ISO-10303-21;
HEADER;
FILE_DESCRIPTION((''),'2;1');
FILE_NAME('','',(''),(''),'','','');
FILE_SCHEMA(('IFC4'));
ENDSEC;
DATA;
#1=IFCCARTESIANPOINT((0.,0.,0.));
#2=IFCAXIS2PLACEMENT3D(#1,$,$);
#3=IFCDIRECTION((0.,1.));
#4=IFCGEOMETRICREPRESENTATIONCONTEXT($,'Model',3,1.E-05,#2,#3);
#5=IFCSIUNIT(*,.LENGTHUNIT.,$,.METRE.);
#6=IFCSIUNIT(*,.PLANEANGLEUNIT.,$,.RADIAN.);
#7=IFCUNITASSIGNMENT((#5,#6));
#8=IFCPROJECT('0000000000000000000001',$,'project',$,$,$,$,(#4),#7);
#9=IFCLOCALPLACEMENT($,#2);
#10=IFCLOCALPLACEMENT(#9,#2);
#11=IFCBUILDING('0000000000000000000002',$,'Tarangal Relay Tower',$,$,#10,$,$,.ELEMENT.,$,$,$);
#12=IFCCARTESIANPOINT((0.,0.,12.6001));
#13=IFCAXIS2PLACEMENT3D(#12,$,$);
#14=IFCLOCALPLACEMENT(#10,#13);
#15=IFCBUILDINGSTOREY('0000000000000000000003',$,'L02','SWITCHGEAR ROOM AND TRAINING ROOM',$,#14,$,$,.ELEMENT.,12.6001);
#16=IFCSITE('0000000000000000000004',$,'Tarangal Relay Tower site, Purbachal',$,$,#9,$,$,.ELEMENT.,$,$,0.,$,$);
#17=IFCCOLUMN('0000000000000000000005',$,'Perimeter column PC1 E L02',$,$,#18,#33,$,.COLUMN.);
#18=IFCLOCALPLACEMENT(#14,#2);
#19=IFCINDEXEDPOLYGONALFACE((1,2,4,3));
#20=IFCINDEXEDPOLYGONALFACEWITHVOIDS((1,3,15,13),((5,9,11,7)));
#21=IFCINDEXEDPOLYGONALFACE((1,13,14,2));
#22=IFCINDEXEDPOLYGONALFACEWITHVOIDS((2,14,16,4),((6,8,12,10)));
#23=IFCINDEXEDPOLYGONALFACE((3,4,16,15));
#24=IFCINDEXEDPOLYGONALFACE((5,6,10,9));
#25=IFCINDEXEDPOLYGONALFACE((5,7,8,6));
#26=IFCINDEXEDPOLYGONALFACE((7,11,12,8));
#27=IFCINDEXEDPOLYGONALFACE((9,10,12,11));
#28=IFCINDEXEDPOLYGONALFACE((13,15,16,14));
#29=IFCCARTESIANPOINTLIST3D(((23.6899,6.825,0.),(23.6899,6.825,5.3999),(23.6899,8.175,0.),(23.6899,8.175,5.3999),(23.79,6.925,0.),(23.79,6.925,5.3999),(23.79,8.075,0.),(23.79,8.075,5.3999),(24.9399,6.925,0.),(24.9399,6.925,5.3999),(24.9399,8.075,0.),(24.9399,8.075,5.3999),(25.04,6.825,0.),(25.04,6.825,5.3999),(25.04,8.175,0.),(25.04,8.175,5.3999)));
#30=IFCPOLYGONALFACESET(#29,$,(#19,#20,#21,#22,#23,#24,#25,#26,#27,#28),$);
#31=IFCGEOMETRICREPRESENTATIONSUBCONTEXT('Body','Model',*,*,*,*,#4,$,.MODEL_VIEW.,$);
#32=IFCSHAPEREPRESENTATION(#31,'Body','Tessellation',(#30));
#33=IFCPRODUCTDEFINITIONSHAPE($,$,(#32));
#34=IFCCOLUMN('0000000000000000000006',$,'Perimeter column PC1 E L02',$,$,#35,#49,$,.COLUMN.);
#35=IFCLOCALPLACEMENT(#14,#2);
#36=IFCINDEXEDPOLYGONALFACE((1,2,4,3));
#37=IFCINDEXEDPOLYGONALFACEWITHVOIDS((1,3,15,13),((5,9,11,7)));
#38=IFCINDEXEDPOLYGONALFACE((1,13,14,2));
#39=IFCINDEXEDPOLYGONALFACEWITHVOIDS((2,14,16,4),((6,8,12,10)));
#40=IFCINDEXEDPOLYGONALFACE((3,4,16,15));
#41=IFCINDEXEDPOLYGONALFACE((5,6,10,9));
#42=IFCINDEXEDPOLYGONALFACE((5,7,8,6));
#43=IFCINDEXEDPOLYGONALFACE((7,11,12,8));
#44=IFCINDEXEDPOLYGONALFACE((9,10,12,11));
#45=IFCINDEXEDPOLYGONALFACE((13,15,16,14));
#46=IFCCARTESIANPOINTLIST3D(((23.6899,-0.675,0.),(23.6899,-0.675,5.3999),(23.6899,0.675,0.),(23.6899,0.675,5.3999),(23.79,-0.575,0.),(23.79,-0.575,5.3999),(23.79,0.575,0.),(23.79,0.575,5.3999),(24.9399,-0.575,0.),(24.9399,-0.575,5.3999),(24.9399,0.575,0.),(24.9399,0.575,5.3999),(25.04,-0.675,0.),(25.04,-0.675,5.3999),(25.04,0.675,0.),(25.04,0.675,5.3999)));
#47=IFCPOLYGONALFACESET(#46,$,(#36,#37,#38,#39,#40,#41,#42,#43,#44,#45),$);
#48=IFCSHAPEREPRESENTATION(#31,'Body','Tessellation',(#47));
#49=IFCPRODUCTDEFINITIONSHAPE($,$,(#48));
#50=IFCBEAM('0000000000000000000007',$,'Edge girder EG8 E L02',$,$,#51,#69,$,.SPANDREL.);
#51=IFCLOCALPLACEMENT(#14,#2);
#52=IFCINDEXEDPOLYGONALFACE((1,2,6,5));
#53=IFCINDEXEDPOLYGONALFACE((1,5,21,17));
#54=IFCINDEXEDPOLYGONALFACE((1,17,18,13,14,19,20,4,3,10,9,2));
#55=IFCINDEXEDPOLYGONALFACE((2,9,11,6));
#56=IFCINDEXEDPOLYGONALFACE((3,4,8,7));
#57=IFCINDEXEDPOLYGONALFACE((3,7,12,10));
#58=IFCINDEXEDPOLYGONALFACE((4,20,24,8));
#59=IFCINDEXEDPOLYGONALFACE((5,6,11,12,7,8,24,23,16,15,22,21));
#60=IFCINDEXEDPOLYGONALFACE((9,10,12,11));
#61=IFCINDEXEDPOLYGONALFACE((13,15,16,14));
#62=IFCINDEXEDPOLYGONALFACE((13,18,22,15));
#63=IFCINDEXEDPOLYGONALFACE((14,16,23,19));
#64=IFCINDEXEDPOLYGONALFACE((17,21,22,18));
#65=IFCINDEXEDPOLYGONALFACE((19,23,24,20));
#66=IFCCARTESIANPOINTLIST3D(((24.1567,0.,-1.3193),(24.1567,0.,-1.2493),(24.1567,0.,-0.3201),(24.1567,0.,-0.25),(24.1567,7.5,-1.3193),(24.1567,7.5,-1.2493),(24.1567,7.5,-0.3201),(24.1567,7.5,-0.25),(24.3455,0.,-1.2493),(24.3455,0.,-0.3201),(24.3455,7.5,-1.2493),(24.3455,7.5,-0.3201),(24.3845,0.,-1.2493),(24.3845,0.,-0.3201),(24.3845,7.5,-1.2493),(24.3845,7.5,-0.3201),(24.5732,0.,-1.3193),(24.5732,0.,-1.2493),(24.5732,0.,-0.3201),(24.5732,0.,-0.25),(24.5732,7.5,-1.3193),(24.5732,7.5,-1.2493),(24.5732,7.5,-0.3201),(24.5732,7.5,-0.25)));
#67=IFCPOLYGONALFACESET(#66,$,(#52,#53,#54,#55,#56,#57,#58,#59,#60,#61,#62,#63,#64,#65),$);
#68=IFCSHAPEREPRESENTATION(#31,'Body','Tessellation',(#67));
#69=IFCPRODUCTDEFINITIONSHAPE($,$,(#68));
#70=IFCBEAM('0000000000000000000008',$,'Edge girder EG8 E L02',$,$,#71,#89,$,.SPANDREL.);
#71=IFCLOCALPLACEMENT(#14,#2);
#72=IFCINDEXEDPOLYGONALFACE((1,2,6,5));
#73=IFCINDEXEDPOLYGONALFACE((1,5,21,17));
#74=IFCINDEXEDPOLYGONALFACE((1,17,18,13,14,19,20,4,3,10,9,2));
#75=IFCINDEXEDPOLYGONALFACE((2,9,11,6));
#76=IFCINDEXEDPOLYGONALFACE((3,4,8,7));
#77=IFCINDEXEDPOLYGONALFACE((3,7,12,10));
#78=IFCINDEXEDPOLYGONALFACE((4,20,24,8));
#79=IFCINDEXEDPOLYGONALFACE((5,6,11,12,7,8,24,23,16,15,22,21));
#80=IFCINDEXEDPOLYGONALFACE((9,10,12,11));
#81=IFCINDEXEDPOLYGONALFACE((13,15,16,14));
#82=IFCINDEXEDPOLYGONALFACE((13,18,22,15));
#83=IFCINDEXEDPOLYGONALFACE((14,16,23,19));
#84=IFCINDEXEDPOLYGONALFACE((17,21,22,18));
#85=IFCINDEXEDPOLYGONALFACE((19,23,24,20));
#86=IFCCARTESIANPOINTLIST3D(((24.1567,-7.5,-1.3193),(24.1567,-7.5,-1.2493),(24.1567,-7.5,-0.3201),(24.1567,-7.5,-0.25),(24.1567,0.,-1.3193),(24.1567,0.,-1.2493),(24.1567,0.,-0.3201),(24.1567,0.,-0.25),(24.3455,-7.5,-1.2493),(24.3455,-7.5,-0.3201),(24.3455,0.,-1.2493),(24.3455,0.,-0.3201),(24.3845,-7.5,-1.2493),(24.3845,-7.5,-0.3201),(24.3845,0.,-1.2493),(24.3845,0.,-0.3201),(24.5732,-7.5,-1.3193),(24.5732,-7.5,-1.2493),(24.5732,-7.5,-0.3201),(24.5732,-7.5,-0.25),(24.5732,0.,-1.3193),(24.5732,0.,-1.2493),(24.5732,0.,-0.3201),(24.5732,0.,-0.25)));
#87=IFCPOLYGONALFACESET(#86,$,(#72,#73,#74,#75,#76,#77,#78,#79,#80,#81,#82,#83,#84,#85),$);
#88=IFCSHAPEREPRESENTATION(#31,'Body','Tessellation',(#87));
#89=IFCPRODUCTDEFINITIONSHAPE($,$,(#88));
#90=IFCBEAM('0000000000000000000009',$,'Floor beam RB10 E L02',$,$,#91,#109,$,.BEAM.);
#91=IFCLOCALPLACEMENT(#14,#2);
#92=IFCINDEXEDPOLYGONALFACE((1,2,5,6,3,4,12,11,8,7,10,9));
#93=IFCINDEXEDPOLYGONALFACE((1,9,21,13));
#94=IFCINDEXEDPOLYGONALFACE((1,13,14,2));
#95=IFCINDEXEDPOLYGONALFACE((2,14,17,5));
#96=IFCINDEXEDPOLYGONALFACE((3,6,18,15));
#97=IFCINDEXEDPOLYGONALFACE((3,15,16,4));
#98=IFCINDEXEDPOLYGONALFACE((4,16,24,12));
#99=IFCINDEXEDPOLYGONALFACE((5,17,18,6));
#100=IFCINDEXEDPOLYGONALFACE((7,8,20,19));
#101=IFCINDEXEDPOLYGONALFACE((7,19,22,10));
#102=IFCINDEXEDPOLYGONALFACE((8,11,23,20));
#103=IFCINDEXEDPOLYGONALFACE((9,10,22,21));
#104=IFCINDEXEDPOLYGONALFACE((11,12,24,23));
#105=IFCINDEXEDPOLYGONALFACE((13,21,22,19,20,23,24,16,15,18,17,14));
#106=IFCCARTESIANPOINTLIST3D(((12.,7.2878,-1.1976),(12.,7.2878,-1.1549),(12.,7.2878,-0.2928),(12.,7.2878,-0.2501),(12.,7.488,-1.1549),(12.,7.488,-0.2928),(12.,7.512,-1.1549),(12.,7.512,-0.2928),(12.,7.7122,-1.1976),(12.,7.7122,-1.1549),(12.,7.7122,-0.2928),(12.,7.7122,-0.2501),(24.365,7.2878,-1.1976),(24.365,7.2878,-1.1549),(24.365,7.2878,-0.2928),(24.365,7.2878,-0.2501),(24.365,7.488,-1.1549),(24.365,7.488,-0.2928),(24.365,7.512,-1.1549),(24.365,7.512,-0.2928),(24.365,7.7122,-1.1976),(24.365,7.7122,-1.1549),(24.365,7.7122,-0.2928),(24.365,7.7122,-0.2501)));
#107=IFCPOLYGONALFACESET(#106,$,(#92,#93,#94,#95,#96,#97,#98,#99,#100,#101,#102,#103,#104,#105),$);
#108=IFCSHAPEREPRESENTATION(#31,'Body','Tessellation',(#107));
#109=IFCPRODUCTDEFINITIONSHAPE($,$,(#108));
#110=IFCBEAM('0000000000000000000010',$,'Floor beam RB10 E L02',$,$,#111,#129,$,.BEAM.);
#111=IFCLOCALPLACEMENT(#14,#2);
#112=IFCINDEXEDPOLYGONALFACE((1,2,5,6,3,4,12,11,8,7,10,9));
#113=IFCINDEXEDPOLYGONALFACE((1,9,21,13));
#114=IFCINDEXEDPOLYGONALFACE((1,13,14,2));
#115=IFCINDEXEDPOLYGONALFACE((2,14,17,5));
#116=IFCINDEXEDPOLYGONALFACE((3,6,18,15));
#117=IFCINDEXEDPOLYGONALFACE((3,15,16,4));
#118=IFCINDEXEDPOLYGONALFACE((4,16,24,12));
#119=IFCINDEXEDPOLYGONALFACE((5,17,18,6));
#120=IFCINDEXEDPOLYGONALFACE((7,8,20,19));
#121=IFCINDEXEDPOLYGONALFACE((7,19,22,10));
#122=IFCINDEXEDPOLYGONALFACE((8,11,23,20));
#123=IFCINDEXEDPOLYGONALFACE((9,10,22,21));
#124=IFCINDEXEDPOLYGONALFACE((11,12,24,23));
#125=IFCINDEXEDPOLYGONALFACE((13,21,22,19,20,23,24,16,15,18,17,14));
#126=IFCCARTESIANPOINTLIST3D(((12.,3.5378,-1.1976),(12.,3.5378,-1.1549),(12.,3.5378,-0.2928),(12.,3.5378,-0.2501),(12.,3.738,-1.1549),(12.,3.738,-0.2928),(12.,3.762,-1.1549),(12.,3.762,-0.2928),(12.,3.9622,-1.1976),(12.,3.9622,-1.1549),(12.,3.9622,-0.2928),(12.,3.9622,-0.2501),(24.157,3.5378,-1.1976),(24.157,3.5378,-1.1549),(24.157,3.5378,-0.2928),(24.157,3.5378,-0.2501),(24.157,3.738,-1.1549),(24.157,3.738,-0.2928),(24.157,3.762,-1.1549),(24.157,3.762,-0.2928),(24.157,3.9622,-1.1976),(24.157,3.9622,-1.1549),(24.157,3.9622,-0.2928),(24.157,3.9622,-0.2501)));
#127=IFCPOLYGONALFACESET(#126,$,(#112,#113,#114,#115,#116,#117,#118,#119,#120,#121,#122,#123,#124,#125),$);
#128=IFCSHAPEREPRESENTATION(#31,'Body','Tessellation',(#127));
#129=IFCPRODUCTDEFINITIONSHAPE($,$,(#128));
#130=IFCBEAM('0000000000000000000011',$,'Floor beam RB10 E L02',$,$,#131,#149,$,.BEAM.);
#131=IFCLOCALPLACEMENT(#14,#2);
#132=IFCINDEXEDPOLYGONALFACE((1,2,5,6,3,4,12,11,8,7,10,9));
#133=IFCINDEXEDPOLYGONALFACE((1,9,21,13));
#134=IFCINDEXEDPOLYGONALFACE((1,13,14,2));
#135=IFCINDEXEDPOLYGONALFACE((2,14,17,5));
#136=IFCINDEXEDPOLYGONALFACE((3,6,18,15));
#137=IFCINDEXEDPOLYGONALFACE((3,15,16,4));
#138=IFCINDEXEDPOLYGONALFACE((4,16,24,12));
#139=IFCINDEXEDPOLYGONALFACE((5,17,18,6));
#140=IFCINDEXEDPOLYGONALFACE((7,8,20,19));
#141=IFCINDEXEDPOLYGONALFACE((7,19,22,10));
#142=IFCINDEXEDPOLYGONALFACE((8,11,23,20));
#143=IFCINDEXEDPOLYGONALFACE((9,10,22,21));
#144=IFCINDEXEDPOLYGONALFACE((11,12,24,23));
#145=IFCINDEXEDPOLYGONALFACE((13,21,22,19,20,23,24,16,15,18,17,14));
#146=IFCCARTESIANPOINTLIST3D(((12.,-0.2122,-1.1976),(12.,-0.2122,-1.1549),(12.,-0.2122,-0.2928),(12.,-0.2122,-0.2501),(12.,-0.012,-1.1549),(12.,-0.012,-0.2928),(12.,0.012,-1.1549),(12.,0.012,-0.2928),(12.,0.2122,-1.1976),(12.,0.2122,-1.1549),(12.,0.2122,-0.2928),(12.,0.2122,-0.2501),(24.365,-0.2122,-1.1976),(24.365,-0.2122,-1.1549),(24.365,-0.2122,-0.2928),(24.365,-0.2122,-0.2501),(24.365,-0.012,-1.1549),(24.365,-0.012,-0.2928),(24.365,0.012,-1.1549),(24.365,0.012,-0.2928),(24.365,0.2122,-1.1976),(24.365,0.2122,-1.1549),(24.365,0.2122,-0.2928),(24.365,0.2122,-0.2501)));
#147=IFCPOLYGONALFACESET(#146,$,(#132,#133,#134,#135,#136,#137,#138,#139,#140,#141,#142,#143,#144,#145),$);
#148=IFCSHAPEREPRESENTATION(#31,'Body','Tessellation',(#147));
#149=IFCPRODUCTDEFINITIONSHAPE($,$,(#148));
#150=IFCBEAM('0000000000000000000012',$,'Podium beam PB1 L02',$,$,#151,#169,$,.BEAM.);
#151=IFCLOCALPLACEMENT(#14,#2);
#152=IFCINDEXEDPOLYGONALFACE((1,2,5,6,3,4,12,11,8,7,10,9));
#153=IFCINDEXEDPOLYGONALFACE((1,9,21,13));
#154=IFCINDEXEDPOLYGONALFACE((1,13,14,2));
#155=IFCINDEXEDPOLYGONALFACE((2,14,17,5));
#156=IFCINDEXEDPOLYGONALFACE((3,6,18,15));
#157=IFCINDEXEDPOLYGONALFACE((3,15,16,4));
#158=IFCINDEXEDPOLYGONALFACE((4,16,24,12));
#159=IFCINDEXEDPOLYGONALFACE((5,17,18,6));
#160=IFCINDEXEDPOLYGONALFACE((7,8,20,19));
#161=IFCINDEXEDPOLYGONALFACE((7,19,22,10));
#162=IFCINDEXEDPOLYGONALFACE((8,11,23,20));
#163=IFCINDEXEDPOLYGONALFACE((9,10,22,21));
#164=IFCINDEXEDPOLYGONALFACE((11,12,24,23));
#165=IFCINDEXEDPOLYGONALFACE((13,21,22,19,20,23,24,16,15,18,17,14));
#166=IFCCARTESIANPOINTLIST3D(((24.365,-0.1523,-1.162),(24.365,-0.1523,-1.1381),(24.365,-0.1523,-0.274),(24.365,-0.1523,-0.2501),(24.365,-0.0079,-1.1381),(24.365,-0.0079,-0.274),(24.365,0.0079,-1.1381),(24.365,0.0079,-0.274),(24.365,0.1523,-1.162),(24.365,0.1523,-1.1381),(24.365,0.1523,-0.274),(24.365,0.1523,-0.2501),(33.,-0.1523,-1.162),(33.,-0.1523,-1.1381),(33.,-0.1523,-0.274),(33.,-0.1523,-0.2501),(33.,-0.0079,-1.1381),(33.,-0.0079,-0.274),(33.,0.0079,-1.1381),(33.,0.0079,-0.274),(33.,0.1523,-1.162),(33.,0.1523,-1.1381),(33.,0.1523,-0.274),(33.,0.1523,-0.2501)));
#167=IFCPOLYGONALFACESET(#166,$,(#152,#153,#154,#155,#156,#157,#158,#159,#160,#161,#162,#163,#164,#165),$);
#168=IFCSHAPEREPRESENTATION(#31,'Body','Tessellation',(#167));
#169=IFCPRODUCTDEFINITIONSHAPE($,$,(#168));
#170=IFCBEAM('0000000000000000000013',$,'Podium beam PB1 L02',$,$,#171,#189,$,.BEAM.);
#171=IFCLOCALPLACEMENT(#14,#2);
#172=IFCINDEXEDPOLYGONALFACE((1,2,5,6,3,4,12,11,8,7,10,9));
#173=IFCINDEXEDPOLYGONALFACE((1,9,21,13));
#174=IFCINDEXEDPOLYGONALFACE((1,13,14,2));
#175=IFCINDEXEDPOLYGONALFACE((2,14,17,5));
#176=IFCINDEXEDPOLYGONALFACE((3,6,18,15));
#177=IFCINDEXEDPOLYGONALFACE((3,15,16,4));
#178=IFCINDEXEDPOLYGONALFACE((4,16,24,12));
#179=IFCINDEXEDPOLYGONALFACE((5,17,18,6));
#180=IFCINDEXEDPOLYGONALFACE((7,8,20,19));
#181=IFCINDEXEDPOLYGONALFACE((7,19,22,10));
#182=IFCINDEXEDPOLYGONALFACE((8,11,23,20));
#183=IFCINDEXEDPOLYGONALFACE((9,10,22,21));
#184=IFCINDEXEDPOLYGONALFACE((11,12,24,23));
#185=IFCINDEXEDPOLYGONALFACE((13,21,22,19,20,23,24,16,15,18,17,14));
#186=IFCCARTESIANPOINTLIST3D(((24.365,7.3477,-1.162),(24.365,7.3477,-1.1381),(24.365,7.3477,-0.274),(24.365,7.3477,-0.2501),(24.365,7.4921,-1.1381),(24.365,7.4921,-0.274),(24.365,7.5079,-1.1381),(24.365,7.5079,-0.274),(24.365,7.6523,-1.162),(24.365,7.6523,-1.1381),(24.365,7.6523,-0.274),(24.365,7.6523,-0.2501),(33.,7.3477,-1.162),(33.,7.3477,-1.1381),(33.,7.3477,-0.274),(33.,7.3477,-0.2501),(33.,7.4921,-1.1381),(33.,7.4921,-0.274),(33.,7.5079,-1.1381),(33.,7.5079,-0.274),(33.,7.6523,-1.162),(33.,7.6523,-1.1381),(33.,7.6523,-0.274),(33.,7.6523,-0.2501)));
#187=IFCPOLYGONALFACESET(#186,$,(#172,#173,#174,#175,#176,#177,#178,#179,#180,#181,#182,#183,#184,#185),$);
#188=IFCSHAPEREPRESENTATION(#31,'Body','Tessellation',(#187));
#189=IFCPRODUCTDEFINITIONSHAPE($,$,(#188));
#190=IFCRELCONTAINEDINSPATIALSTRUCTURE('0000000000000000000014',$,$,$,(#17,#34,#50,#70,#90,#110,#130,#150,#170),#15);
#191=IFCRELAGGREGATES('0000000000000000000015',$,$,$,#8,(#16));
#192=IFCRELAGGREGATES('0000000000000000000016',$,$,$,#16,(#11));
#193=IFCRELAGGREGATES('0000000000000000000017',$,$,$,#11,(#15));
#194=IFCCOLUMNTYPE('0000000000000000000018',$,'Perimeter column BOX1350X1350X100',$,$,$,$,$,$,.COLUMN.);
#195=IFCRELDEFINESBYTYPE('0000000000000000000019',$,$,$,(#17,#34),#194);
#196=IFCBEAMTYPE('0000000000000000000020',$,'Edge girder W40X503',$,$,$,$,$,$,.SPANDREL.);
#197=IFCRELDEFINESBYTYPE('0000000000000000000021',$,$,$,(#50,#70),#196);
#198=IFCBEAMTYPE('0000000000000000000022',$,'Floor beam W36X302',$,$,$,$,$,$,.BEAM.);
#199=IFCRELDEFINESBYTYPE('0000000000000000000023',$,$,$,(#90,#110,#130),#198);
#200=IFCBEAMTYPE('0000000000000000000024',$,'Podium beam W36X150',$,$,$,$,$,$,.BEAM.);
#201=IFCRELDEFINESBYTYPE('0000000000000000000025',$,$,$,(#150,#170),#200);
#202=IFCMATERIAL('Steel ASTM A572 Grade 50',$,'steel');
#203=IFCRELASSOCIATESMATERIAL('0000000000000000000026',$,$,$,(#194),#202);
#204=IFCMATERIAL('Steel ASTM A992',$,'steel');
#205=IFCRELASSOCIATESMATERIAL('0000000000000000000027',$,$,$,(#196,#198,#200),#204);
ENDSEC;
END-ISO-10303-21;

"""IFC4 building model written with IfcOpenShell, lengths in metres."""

from ifc_helpers import new_model, si_unit, direction, frame, origin, origin_2d, place, context, subcontext, project, spatial, hollow_rectangle, i_section, extrude, material, material_profile, profile_set, type_object, element, save


model = new_model("IFC4")

# Units and contexts
model_context = context("Model", 3, precision=1e-05, world=origin(), true_north=direction((0.0, 1.0)))
body_context = subcontext(model_context, "Body", "Model", "MODEL_VIEW")
ifc_project = project(units=[si_unit("LENGTHUNIT", "METRE"), si_unit("PLANEANGLEUNIT", "RADIAN")], contexts=[model_context])

# Site, building, storey
site_placement = place(None, origin())
site = spatial("IfcSite", under=ifc_project, at=site_placement, Name="Tarangal Relay Tower site, Purbachal", CompositionType="ELEMENT", RefElevation=0.0)
building_placement = place(site_placement, origin())
building = spatial("IfcBuilding", under=site, at=building_placement, Name="Tarangal Relay Tower", CompositionType="ELEMENT")
storey_placement = place(building_placement, frame((0.0, 0.0, 12.6001)))
storey = spatial("IfcBuildingStorey", under=building, at=storey_placement, Name="L02", Description="SWITCHGEAR ROOM AND TRAINING ROOM", CompositionType="ELEMENT", Elevation=12.6001)

# Columns
ifc_material_1 = material(Name="Steel ASTM A572 Grade 50", Category="steel")
ifc_material_profile_1 = material_profile(ifc_material_1, hollow_rectangle(XDim=1.3501, YDim=1.3501, WallThickness=0.1001, at=origin_2d()), Name="BOX1350X1350X100")
ifc_profile_set_1 = profile_set([ifc_material_profile_1], Name="Steel ASTM A572 Grade 50")
column_type = type_object("IfcColumnType", Name="Perimeter column BOX1350X1350X100", PredefinedType="COLUMN", material=ifc_profile_set_1)
for number, where, z_axis, x_axis, name in (
    (1, (24.365, 7.5, 0.0), (0.0, 0.0, 1.0), (1.0, 0.0, 0.0), "Perimeter column PC1 E L02"),
    (2, (24.365, 0.0, 0.0), (0.0, 0.0, 1.0), (1.0, 0.0, 0.0), "Perimeter column PC1 E L02"),
):
    element("IfcColumn", number, at=place(storey_placement, frame(where, z_axis=z_axis, x_axis=x_axis)), inside=storey, type_object=column_type, Name=name, PredefinedType="COLUMN", context=body_context, shape_type="SweptSolid", body=[
        extrude(hollow_rectangle(XDim=1.3501, YDim=1.3501, WallThickness=0.1001, at=origin_2d()), origin(), (0.0, 0.0, 1.0), 5.3999),
    ])

# Beams
ifc_material_2 = material(Name="Steel ASTM A992", Category="steel")
ifc_material_profile_2 = material_profile(ifc_material_2, i_section(OverallWidth=0.4165, OverallDepth=1.0693, WebThickness=0.0391, FlangeThickness=0.0701, at=origin_2d()), Name="W40X503")
ifc_profile_set_2 = profile_set([ifc_material_profile_2], Name="Steel ASTM A992")
beam_type_1 = type_object("IfcBeamType", Name="Edge girder W40X503", PredefinedType="SPANDREL", material=ifc_profile_set_2)
for number, where, z_axis, x_axis, name in (
    (3, (24.365, 7.5, -0.7847), (0.0, -1.0, 0.0), (1.0, 0.0, 0.0), "Edge girder EG8 E L02"),
    (4, (24.365, 0.0, -0.7847), (0.0, -1.0, 0.0), (1.0, 0.0, 0.0), "Edge girder EG8 E L02"),
):
    element("IfcBeam", number, at=place(storey_placement, frame(where, z_axis=z_axis, x_axis=x_axis)), inside=storey, type_object=beam_type_1, Name=name, PredefinedType="SPANDREL", context=body_context, shape_type="SweptSolid", body=[
        extrude(i_section(OverallWidth=0.4165, OverallDepth=1.0693, WebThickness=0.0391, FlangeThickness=0.0701, at=origin_2d()), origin(), (0.0, 0.0, 1.0), 7.5),
    ])
ifc_material_profile_3 = material_profile(ifc_material_2, i_section(OverallWidth=0.4243, OverallDepth=0.9475, WebThickness=0.0239, FlangeThickness=0.0427, at=origin_2d()), Name="W36X302")
ifc_profile_set_3 = profile_set([ifc_material_profile_3], Name="Steel ASTM A992")
beam_type_2 = type_object("IfcBeamType", Name="Floor beam W36X302", PredefinedType="BEAM", material=ifc_profile_set_3)
beam_1_placement = place(storey_placement, frame((12.0, 7.5, -0.7239), z_axis=(1.0, 0.0, 0.0), x_axis=(0.0, 1.0, 0.0)))
element("IfcBeam", 5, at=beam_1_placement, inside=storey, type_object=beam_type_2, Name="Floor beam RB10 E L02", PredefinedType="BEAM", context=body_context, shape_type="SweptSolid", body=[
    extrude(i_section(OverallWidth=0.4243, OverallDepth=0.9475, WebThickness=0.0239, FlangeThickness=0.0427, at=origin_2d()), origin(), (0.0, 0.0, 1.0), 12.365),
])
beam_2_placement = place(storey_placement, frame((12.0, 3.75, -0.7239), z_axis=(1.0, 0.0, 0.0), x_axis=(0.0, 1.0, 0.0)))
element("IfcBeam", 6, at=beam_2_placement, inside=storey, type_object=beam_type_2, Name="Floor beam RB10 E L02", PredefinedType="BEAM", context=body_context, shape_type="SweptSolid", body=[
    extrude(i_section(OverallWidth=0.4243, OverallDepth=0.9475, WebThickness=0.0239, FlangeThickness=0.0427, at=origin_2d()), origin(), (0.0, 0.0, 1.0), 12.157),
])
beam_3_placement = place(storey_placement, frame((12.0, 0.0, -0.7239), z_axis=(1.0, 0.0, 0.0), x_axis=(0.0, 1.0, 0.0)))
element("IfcBeam", 7, at=beam_3_placement, inside=storey, type_object=beam_type_2, Name="Floor beam RB10 E L02", PredefinedType="BEAM", context=body_context, shape_type="SweptSolid", body=[
    extrude(i_section(OverallWidth=0.4243, OverallDepth=0.9475, WebThickness=0.0239, FlangeThickness=0.0427, at=origin_2d()), origin(), (0.0, 0.0, 1.0), 12.365),
])
ifc_material_profile_4 = material_profile(ifc_material_2, i_section(OverallWidth=0.3047, OverallDepth=0.9119, WebThickness=0.0159, FlangeThickness=0.0239, at=origin_2d()), Name="W36X150")
ifc_profile_set_4 = profile_set([ifc_material_profile_4], Name="Steel ASTM A992")
beam_type_3 = type_object("IfcBeamType", Name="Podium beam W36X150", PredefinedType="BEAM", material=ifc_profile_set_4)
for number, where, z_axis, x_axis, name in (
    (8, (24.365, 0.0, -0.7061), (1.0, 0.0, 0.0), (0.0, 1.0, 0.0), "Podium beam PB1 L02"),
    (9, (24.365, 7.5, -0.7061), (1.0, 0.0, 0.0), (0.0, 1.0, 0.0), "Podium beam PB1 L02"),
):
    element("IfcBeam", number, at=place(storey_placement, frame(where, z_axis=z_axis, x_axis=x_axis)), inside=storey, type_object=beam_type_3, Name=name, PredefinedType="BEAM", context=body_context, shape_type="SweptSolid", body=[
        extrude(i_section(OverallWidth=0.3047, OverallDepth=0.9119, WebThickness=0.0159, FlangeThickness=0.0239, at=origin_2d()), origin(), (0.0, 0.0, 1.0), 8.635),
    ])

save(model, "model.ifc")
